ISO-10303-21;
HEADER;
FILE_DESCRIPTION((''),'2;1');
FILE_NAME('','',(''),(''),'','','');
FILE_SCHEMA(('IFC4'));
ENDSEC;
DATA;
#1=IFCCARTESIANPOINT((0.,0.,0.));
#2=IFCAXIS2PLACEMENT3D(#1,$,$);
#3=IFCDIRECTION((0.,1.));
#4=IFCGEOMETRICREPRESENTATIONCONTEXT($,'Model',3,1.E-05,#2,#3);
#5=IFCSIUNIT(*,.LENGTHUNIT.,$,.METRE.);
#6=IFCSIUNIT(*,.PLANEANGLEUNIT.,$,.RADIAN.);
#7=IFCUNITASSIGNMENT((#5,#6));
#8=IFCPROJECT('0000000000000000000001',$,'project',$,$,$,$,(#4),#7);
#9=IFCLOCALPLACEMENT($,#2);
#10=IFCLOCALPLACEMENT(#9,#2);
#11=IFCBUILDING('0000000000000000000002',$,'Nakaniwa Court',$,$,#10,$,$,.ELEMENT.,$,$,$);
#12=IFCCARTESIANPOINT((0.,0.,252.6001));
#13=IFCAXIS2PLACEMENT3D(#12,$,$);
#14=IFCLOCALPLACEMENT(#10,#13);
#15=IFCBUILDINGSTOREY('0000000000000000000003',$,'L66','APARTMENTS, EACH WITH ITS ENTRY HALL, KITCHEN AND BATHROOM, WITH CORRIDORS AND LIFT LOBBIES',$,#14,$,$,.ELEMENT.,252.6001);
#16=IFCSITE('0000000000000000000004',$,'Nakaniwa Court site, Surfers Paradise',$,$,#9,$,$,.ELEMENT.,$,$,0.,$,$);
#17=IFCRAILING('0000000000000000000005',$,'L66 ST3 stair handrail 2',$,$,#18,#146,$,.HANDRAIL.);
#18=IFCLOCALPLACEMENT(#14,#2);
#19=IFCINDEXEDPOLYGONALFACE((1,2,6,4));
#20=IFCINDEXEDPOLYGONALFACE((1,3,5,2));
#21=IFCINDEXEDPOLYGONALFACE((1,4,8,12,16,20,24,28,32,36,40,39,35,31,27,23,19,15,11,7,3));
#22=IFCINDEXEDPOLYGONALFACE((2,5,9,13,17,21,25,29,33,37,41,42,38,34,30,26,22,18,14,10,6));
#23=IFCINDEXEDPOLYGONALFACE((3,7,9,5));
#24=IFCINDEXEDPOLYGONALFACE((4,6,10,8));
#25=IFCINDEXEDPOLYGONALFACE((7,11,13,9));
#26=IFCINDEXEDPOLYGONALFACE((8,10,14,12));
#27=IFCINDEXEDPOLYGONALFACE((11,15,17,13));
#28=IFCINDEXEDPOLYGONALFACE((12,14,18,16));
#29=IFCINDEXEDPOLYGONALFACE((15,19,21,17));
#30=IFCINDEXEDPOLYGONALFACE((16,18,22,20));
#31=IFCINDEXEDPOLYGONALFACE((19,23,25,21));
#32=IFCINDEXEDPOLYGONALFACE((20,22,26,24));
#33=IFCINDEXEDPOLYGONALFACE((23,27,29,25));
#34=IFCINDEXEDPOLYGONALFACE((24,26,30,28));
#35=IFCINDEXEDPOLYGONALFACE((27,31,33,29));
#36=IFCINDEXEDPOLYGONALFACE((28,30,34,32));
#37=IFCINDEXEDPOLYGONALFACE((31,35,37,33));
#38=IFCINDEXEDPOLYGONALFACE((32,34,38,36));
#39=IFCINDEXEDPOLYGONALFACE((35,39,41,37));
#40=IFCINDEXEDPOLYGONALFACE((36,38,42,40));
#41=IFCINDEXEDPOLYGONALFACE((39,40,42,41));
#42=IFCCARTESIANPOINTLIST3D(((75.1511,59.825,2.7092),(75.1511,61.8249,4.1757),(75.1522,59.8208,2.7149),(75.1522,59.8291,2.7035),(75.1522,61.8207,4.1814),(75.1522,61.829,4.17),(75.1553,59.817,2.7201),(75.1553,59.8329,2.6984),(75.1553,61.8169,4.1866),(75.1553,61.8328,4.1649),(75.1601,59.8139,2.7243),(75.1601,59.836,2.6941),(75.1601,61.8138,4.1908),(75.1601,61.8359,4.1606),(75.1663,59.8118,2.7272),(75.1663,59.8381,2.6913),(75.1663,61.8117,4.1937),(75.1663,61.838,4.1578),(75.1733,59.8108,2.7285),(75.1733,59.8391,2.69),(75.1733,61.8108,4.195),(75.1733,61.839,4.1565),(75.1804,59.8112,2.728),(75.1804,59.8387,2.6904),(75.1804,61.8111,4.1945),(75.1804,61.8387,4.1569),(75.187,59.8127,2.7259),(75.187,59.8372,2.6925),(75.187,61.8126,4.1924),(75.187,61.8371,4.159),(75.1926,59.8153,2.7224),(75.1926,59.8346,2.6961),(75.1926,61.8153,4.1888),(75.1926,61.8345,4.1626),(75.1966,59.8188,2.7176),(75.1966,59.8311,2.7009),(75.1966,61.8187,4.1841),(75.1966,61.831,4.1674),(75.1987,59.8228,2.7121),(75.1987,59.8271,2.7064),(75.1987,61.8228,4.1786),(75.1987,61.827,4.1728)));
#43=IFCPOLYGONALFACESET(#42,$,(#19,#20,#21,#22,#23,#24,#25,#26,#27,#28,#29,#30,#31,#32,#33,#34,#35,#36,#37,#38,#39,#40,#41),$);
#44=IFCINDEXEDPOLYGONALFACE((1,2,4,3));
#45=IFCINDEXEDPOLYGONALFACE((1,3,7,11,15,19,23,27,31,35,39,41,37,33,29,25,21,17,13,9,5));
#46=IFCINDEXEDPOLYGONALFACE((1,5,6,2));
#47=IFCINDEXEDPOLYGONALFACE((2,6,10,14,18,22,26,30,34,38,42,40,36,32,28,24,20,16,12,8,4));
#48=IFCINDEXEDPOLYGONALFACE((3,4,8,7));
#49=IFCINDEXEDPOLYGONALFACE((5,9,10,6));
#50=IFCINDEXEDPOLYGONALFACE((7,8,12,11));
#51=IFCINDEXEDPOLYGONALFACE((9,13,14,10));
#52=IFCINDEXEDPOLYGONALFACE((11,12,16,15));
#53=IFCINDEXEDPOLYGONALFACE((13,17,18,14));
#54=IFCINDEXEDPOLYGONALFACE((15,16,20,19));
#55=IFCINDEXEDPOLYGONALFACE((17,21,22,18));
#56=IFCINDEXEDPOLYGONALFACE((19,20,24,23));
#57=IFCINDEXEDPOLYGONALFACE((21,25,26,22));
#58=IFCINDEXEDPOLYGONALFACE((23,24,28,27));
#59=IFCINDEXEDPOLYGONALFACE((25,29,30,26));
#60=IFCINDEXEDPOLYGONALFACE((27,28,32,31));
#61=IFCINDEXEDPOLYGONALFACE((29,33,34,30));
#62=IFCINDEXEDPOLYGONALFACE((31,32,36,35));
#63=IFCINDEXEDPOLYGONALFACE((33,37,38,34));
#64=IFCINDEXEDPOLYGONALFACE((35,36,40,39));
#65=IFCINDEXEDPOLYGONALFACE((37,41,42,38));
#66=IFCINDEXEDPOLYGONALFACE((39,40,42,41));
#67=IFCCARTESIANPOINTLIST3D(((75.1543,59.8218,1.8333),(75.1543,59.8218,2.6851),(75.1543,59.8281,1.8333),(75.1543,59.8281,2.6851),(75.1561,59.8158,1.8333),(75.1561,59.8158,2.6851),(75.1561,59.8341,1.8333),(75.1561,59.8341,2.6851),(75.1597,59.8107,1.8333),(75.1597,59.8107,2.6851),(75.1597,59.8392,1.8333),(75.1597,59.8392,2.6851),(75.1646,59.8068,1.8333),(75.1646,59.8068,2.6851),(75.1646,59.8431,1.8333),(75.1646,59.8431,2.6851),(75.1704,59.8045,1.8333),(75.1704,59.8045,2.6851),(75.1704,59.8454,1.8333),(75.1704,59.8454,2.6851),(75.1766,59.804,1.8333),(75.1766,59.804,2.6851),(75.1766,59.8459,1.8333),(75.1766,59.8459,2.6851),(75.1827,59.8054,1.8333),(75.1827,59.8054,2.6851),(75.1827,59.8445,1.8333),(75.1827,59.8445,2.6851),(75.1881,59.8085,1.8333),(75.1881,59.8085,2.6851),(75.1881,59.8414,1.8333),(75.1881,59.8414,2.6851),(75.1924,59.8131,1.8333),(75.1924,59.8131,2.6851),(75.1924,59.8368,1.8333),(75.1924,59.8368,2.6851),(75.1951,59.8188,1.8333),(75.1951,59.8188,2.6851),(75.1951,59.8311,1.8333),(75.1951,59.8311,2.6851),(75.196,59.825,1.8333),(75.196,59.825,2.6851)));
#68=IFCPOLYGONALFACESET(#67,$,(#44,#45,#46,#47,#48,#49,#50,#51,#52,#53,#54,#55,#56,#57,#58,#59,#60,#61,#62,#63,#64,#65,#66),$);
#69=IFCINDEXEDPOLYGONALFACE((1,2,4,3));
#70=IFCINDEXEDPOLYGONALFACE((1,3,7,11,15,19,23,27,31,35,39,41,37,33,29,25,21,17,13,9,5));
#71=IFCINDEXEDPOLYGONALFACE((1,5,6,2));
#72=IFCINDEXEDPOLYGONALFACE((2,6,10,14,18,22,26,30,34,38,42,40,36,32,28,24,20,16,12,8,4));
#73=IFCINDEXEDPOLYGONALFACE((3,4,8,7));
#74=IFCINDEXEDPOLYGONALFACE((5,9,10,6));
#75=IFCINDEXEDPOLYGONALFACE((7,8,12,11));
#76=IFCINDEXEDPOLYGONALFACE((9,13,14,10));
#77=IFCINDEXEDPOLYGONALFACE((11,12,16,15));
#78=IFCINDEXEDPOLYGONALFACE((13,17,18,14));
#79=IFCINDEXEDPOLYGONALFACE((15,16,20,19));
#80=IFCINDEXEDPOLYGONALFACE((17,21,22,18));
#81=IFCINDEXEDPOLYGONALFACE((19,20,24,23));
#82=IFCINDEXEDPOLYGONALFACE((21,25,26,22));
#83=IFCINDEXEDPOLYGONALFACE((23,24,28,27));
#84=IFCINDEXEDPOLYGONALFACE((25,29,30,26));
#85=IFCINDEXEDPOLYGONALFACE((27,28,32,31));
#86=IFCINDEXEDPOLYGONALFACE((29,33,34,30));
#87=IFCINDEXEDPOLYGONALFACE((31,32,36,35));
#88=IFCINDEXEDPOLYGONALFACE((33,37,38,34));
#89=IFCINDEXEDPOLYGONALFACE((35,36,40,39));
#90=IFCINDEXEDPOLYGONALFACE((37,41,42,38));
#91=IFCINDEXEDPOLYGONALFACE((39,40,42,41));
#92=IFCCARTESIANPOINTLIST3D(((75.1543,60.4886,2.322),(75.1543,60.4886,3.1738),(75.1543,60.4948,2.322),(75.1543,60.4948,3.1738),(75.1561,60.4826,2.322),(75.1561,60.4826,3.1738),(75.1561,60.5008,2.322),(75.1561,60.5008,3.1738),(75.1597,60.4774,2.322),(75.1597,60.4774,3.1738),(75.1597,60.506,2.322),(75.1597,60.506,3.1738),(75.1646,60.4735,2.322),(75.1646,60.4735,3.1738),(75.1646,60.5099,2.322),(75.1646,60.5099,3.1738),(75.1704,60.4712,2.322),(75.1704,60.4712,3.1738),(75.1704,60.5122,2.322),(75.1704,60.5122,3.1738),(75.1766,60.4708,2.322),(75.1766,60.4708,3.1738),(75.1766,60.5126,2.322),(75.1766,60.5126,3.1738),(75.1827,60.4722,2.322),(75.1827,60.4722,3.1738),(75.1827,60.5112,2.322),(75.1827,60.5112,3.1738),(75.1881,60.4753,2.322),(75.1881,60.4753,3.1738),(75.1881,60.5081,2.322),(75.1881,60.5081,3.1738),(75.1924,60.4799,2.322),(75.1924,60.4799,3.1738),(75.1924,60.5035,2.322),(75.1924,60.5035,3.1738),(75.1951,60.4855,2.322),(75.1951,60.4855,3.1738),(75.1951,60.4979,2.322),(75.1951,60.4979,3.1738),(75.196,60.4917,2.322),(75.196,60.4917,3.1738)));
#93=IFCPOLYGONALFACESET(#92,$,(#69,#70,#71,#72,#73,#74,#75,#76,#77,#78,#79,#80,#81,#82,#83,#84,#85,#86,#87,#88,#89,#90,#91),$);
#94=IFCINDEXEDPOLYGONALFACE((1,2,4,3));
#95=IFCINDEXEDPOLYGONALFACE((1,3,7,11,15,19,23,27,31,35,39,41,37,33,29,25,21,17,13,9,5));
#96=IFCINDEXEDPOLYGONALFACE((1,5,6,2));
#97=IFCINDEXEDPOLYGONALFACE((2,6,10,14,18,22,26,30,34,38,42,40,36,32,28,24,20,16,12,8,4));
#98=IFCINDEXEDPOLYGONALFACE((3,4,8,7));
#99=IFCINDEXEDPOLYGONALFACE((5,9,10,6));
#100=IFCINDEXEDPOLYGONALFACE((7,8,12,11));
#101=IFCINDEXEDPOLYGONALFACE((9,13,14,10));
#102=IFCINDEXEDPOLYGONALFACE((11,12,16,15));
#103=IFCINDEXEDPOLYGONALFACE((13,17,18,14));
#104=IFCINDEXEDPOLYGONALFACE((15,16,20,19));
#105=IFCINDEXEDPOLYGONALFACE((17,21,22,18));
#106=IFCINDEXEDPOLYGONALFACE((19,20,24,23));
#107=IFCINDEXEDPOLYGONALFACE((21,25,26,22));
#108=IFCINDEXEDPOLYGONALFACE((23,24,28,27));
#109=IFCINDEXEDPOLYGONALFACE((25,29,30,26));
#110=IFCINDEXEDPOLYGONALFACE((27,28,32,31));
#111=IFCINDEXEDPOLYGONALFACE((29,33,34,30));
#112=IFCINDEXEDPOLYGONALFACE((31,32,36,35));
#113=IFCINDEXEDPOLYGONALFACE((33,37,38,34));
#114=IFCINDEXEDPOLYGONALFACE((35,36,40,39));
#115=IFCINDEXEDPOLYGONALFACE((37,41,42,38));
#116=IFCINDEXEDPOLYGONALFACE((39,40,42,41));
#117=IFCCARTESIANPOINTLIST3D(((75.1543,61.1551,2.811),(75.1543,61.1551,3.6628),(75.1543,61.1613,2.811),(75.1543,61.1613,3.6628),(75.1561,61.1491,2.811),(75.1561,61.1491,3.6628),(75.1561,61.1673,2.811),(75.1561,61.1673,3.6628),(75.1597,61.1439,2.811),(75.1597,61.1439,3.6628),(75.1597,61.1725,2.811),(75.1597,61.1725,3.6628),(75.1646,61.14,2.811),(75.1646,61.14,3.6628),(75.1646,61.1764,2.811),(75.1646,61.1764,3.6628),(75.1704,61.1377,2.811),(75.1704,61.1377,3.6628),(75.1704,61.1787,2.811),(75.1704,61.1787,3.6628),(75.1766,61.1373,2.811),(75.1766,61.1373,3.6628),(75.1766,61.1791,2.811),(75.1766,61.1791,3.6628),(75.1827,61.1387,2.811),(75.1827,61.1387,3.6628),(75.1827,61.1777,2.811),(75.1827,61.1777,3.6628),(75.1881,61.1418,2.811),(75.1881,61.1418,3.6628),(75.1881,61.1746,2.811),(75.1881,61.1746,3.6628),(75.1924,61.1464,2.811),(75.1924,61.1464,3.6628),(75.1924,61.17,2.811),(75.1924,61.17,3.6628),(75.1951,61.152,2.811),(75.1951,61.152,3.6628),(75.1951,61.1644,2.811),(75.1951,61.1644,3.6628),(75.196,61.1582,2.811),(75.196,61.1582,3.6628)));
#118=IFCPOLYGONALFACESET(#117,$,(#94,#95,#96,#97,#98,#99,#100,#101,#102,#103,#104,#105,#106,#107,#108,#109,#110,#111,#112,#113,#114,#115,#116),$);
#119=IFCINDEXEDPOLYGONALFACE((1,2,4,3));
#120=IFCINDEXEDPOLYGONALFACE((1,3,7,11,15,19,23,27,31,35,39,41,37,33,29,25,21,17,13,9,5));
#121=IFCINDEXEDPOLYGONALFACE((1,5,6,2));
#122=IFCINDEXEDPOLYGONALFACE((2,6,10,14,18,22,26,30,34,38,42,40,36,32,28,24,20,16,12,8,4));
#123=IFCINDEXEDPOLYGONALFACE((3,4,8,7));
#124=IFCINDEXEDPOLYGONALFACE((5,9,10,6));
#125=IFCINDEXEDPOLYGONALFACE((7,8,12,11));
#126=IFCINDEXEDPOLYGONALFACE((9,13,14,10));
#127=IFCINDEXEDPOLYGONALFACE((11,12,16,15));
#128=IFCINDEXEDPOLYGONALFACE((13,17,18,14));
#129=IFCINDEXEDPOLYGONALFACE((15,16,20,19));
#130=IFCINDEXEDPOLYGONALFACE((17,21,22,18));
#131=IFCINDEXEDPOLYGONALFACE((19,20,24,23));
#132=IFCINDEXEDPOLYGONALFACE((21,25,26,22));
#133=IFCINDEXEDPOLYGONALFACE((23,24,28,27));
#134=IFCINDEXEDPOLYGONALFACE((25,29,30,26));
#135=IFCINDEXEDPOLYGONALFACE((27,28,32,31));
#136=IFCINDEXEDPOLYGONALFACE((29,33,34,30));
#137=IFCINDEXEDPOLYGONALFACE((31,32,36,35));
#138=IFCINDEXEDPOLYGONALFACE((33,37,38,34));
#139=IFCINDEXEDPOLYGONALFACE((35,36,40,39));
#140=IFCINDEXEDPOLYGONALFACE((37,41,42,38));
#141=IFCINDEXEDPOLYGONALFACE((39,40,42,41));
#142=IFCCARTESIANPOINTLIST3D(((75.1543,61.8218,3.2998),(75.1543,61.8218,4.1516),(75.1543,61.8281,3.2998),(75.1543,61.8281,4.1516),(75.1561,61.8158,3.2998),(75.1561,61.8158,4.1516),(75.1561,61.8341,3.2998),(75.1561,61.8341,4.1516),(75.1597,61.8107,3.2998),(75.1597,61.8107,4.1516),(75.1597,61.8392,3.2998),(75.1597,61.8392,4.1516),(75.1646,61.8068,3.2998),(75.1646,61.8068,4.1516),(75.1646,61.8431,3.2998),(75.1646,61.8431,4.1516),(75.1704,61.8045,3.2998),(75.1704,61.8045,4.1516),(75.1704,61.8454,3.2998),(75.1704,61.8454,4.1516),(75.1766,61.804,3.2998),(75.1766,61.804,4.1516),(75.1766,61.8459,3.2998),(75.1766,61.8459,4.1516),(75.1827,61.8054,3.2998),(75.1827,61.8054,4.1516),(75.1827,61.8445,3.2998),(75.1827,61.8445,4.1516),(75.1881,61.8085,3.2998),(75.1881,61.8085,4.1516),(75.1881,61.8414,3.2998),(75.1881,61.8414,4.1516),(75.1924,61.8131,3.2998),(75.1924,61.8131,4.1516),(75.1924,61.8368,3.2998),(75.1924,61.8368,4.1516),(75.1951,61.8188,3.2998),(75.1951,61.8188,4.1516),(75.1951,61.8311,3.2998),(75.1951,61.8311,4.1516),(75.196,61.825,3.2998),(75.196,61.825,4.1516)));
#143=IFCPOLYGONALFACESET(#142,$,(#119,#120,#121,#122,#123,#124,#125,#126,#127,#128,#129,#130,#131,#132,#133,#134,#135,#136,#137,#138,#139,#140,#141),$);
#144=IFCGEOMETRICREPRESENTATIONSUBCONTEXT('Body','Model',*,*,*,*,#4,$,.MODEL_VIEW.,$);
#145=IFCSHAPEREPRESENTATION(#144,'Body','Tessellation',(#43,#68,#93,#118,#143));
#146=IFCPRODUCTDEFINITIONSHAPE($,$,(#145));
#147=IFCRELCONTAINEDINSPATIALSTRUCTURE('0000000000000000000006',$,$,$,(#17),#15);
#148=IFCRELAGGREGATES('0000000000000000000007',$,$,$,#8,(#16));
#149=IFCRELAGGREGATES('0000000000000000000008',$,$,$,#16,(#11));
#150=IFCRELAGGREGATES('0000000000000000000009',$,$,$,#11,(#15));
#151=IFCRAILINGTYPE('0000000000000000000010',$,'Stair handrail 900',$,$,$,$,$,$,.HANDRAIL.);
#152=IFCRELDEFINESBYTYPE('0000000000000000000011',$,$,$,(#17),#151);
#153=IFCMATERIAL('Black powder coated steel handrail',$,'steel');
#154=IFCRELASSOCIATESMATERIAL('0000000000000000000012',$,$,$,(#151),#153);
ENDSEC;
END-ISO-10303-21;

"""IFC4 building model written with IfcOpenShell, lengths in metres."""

from ifc_helpers import new_model, si_unit, direction, frame, origin, origin_2d, place, context, subcontext, project, spatial, circle, extrude, material, type_object, element, save


model = new_model("IFC4")

# Units and contexts
model_context = context("Model", 3, precision=1e-05, world=origin(), true_north=direction((0.0, 1.0)))
body_context = subcontext(model_context, "Body", "Model", "MODEL_VIEW")
ifc_project = project(units=[si_unit("LENGTHUNIT", "METRE"), si_unit("PLANEANGLEUNIT", "RADIAN")], contexts=[model_context])

# Site, building, storey
site_placement = place(None, origin())
site = spatial("IfcSite", under=ifc_project, at=site_placement, Name="Nakaniwa Court site, Surfers Paradise", CompositionType="ELEMENT", RefElevation=0.0)
building_placement = place(site_placement, origin())
building = spatial("IfcBuilding", under=site, at=building_placement, Name="Nakaniwa Court", CompositionType="ELEMENT")
storey_placement = place(building_placement, frame((0.0, 0.0, 252.6001)))
storey = spatial("IfcBuildingStorey", under=building, at=storey_placement, Name="L66", Description="APARTMENTS, EACH WITH ITS ENTRY HALL, KITCHEN AND BATHROOM, WITH CORRIDORS AND LIFT LOBBIES", CompositionType="ELEMENT", Elevation=252.6001)

# Railing
ifc_material_1 = material(Name="Black powder coated steel handrail", Category="steel")
railing_type_1 = type_object("IfcRailingType", Name="Stair handrail 900", PredefinedType="HANDRAIL", material=ifc_material_1)
railing_1_placement = place(storey_placement, frame((75.175, 59.825, 1.8333)))
element("IfcRailing", 1, at=railing_1_placement, inside=storey, type_object=railing_type_1, Name="L66 ST3 stair handrail 2", PredefinedType="HANDRAIL", context=body_context, shape_type="SweptSolid", body=[
    extrude(circle(Radius=0.0239, at=origin_2d()), frame((0.0, 0.0, 0.876), z_axis=(0.0, 0.806427, 0.591334), x_axis=(-1.0, 0.0, 0.0)), (0.0, 0.0, 1.0), 2.48),
    extrude(circle(Radius=0.021, at=origin_2d()), origin(), (0.0, 0.0, 1.0), 0.8518),
    extrude(circle(Radius=0.021, at=origin_2d()), frame((0.0, 0.6667, 0.4888)), (0.0, 0.0, 1.0), 0.8518),
    extrude(circle(Radius=0.021, at=origin_2d()), frame((0.0, 1.3333, 0.9778)), (0.0, 0.0, 1.0), 0.8518),
    extrude(circle(Radius=0.021, at=origin_2d()), frame((0.0, 2.0, 1.4666)), (0.0, 0.0, 1.0), 0.8518),
])

save(model, "model.ifc")
